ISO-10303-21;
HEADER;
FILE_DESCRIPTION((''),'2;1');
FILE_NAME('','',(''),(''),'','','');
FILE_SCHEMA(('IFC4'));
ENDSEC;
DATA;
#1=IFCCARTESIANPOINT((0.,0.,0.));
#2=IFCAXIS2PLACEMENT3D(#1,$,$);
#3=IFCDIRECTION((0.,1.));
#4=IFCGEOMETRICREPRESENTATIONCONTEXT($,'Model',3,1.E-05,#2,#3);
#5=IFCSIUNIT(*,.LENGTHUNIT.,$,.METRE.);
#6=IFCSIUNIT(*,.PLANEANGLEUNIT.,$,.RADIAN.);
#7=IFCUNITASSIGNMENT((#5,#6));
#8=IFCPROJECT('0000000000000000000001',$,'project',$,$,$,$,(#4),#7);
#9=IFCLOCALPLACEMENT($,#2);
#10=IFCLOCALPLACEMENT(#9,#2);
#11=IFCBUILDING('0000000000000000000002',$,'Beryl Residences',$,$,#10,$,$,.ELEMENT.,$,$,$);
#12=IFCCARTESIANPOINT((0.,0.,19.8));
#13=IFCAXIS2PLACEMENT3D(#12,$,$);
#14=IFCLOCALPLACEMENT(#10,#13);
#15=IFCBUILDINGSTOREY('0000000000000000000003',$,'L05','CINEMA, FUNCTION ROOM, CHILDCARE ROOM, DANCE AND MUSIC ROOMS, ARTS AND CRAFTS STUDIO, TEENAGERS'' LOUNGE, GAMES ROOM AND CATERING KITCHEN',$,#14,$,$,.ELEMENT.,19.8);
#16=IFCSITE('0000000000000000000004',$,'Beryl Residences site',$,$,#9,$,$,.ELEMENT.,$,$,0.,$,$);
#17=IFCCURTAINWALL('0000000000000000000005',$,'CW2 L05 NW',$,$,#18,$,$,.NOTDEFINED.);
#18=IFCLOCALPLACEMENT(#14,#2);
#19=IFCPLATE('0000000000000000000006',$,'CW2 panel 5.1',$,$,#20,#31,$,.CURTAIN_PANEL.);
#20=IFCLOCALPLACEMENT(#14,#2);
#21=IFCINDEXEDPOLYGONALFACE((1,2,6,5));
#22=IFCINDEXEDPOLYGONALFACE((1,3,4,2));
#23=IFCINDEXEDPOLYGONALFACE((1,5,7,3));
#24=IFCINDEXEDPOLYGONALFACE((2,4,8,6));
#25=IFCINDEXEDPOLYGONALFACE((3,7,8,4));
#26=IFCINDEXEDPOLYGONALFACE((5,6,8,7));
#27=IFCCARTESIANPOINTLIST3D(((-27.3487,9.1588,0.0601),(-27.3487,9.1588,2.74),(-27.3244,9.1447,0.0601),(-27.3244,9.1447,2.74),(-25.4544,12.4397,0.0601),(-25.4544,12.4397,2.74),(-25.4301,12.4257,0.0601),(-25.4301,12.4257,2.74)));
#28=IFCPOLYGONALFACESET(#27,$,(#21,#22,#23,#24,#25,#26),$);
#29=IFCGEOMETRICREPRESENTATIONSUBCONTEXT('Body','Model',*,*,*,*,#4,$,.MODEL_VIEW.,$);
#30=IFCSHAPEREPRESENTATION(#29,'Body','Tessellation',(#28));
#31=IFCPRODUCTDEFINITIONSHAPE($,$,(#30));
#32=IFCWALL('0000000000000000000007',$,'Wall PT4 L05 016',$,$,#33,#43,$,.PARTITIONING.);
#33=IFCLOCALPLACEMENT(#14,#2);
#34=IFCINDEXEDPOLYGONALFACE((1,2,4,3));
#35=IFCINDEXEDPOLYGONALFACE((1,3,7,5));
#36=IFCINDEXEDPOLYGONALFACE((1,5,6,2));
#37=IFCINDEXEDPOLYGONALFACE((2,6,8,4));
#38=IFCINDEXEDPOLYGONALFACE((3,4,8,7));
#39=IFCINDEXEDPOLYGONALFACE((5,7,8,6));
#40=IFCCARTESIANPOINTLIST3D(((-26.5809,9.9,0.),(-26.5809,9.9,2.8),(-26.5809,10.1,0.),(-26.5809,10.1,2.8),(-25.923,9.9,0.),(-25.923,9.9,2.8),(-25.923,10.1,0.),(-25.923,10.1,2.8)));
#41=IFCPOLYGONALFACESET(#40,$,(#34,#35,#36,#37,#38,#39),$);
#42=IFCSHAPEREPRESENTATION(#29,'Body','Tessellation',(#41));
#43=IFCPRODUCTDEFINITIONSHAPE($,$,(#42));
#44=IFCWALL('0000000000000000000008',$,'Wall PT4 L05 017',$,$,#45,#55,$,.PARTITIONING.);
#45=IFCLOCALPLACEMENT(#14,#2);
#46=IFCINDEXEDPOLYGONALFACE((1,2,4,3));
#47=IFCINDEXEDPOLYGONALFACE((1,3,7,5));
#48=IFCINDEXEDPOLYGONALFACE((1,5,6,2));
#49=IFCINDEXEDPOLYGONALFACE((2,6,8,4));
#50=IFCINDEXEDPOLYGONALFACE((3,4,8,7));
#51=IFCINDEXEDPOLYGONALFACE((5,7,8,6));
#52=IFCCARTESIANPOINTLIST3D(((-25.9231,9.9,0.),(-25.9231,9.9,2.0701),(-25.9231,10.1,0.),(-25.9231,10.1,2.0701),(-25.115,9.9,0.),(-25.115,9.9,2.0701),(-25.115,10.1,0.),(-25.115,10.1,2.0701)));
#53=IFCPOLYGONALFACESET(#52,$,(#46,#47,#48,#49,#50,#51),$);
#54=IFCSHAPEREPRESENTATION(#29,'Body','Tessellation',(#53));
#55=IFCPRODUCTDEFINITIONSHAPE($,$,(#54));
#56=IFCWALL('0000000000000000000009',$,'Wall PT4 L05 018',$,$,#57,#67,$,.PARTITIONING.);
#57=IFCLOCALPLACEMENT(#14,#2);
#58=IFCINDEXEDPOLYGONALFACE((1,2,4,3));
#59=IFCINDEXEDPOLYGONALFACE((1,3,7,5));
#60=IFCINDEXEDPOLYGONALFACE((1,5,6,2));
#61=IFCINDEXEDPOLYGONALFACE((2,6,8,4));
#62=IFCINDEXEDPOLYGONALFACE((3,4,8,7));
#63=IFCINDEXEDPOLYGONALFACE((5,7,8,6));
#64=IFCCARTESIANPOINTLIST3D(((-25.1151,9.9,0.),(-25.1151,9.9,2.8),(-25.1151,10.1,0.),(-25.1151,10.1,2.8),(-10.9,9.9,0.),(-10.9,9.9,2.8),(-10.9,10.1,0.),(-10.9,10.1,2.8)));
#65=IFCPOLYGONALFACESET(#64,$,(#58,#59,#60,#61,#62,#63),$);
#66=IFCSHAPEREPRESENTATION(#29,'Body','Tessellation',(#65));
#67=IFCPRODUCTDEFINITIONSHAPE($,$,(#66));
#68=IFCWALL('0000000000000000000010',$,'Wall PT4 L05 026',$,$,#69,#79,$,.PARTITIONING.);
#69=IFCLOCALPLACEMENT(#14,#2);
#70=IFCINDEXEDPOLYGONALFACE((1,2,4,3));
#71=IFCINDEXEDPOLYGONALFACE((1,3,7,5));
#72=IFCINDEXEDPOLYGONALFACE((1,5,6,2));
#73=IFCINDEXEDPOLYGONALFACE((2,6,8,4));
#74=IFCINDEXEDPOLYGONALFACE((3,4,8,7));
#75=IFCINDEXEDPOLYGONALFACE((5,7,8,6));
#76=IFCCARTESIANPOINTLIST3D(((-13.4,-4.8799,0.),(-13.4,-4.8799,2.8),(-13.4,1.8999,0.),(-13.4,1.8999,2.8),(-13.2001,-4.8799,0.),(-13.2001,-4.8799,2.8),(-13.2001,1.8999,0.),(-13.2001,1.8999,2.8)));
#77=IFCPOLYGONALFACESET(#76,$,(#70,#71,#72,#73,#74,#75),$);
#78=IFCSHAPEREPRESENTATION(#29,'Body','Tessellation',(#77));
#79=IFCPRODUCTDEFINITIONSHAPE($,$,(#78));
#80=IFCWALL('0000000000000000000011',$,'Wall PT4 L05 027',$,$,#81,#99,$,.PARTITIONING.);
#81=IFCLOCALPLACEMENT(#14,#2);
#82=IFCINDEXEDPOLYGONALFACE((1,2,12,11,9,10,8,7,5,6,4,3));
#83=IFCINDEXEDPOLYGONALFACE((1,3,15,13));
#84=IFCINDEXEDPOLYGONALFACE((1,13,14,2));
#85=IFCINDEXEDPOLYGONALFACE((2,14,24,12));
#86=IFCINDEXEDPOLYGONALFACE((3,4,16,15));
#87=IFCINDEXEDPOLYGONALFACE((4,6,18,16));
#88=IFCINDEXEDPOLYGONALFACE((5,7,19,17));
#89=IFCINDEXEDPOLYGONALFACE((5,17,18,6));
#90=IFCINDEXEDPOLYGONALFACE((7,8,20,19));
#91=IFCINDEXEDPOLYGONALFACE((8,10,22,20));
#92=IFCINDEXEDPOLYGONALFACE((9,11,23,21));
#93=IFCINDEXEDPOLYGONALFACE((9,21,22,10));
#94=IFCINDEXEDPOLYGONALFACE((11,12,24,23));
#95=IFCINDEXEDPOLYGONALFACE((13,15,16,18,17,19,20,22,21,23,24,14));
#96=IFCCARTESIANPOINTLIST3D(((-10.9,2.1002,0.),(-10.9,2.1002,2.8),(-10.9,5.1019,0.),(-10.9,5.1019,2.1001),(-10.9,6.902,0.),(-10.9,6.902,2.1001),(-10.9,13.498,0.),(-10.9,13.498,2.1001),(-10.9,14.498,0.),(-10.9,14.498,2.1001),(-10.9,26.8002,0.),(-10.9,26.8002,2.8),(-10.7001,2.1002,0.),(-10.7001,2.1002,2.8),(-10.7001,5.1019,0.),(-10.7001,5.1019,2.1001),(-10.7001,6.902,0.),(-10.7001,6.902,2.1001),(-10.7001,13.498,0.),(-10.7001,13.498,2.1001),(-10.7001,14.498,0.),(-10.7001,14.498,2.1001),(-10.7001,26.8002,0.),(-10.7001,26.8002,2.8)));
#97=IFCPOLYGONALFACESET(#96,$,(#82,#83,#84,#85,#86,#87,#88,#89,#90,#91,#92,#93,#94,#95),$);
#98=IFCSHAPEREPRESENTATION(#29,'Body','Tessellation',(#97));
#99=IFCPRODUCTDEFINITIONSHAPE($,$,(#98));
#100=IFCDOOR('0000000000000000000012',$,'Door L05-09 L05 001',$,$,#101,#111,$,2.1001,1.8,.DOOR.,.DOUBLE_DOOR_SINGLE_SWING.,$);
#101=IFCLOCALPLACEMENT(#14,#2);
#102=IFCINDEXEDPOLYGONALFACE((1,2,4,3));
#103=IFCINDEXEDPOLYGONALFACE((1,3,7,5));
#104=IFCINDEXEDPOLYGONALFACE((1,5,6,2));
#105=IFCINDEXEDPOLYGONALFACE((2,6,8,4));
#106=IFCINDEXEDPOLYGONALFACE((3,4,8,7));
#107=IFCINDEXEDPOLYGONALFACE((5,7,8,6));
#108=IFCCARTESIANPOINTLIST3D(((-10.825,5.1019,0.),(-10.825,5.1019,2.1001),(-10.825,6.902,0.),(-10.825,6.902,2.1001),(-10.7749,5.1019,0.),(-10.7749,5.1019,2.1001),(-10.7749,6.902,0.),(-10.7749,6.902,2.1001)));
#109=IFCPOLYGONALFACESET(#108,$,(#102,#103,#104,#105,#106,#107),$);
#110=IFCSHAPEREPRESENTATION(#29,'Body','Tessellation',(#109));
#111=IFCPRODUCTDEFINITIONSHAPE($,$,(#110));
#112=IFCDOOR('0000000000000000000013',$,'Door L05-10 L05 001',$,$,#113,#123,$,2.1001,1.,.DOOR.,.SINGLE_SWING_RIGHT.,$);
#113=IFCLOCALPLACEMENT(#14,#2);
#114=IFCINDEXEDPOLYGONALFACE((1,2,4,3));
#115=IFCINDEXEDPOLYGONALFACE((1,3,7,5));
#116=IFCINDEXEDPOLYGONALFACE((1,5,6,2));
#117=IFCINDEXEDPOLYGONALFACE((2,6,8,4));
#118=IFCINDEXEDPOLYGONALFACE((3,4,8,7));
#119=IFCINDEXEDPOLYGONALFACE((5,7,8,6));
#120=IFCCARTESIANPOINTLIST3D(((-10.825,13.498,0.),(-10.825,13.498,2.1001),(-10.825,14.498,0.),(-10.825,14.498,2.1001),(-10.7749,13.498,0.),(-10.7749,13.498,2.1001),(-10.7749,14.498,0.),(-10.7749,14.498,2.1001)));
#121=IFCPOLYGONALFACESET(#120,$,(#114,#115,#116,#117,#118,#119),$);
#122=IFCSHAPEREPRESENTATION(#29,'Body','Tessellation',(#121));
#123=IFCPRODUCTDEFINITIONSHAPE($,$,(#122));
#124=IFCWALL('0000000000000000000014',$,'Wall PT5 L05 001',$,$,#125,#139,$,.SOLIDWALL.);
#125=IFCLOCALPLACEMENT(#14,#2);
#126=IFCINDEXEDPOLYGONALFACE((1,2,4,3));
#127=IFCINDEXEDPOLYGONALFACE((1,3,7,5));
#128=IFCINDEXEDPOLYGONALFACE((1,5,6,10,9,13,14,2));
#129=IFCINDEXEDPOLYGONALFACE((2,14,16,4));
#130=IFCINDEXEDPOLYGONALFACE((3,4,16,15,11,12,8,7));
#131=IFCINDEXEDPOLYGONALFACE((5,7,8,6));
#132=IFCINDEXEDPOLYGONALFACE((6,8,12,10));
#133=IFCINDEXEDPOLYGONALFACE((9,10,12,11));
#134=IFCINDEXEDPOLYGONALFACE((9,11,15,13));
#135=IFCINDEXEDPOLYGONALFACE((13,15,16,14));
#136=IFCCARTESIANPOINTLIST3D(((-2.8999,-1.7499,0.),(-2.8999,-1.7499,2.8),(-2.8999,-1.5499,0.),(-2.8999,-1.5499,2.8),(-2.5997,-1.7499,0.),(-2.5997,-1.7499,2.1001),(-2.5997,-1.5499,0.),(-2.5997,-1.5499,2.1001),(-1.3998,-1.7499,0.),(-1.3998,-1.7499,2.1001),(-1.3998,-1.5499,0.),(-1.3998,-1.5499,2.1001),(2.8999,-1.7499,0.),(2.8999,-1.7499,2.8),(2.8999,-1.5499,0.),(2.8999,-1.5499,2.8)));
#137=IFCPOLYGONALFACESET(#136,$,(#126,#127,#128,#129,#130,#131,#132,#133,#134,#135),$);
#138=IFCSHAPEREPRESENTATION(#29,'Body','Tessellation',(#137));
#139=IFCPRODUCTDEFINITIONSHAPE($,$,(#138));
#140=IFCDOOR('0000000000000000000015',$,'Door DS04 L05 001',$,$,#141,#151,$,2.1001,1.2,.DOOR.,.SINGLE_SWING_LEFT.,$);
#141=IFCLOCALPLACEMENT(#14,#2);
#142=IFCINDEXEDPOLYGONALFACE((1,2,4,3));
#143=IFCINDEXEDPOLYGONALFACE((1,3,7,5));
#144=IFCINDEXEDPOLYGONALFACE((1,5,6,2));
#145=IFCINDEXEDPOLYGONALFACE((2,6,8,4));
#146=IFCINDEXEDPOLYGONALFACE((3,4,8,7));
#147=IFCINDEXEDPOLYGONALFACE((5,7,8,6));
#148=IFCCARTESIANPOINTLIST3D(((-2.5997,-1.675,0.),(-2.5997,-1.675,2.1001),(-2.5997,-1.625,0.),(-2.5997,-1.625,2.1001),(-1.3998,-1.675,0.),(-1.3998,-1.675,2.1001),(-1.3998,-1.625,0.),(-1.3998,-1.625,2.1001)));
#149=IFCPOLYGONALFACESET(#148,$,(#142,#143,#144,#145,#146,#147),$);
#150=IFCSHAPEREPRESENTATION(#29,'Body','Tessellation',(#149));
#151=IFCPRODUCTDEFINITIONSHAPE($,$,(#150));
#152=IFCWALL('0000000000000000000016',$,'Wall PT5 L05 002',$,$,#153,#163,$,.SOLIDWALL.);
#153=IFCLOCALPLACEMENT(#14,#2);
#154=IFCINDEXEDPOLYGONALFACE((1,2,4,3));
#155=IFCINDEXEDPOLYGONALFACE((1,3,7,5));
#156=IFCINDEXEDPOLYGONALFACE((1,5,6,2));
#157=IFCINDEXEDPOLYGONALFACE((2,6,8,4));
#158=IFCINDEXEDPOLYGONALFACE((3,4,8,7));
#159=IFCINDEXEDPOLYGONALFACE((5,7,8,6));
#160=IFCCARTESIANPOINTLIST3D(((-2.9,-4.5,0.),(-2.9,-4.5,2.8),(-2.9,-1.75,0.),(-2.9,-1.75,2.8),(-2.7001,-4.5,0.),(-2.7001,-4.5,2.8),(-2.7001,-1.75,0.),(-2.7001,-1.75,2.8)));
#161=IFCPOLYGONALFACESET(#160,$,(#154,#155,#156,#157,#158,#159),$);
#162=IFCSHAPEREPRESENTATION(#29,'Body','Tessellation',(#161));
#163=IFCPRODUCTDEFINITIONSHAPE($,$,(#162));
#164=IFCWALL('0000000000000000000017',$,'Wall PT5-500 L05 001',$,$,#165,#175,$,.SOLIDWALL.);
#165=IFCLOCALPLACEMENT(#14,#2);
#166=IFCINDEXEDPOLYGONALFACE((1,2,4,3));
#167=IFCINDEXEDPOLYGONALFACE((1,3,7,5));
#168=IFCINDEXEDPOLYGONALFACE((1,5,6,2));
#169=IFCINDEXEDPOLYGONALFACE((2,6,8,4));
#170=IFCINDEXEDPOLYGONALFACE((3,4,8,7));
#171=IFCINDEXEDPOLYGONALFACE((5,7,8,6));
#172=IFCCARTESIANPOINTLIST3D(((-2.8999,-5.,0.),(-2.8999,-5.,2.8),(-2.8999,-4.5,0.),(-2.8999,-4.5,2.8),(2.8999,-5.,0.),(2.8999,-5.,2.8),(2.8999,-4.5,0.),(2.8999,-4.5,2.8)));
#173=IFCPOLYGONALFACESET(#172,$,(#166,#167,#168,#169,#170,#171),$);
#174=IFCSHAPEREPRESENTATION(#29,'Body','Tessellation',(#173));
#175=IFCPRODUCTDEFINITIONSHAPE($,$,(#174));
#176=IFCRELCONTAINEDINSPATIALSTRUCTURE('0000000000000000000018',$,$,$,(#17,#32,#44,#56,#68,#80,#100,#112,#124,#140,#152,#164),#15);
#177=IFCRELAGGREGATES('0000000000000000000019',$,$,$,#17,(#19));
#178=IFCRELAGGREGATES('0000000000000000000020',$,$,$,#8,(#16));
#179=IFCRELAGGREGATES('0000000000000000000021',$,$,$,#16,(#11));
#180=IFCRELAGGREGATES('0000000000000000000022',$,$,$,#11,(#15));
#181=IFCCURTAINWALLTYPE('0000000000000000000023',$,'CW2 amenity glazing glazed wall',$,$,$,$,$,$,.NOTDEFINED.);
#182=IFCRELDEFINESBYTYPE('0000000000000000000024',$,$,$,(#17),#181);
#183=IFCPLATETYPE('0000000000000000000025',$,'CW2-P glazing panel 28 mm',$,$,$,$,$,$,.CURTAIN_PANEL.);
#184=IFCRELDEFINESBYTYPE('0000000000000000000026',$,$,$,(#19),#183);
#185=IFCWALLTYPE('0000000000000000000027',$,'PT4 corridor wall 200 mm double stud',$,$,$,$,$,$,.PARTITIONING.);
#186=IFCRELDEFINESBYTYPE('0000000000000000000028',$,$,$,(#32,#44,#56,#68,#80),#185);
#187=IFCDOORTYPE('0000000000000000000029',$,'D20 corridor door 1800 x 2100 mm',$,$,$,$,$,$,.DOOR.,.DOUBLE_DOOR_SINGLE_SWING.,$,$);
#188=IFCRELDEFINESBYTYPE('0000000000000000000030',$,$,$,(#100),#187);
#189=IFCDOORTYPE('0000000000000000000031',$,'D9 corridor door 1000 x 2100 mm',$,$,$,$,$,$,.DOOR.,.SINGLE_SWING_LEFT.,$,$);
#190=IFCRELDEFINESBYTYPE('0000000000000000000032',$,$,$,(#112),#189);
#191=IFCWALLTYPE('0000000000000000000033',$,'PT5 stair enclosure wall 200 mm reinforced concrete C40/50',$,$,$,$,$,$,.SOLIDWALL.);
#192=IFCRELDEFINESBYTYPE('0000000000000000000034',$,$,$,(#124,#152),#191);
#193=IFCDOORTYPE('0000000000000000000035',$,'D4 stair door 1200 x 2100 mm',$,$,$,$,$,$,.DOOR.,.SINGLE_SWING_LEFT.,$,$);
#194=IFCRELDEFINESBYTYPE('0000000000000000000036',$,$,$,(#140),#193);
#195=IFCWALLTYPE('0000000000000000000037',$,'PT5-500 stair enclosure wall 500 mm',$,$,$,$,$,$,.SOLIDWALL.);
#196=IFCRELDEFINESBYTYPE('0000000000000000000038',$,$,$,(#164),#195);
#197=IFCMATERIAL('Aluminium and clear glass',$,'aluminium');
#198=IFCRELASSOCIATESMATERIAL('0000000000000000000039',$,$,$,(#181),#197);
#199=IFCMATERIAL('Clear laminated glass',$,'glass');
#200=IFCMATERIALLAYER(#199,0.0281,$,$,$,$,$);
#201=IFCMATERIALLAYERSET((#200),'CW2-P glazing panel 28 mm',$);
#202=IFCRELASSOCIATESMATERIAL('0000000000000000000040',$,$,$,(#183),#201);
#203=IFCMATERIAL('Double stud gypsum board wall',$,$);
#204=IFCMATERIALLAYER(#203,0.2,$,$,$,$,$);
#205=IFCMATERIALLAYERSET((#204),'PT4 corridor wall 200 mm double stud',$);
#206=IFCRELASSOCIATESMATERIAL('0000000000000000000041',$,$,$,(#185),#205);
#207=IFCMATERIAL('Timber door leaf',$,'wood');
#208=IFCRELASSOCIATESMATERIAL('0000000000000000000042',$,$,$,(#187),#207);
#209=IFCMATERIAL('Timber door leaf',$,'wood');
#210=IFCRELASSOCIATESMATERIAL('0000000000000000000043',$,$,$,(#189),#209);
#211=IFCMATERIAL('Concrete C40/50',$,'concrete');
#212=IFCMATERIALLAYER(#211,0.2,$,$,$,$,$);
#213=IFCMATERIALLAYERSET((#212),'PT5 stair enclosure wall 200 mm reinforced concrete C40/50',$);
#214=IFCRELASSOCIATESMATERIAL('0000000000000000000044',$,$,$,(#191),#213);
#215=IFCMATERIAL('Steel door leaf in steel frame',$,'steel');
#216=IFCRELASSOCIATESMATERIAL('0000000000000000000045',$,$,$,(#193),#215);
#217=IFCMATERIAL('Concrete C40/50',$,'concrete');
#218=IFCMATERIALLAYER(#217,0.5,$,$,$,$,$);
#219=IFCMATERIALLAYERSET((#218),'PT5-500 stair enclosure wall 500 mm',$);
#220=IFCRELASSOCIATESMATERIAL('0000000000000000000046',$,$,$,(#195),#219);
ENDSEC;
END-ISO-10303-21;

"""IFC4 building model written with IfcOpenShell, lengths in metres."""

from ifc_helpers import new_model, si_unit, direction, frame, frame_2d, origin, origin_2d, place, context, subcontext, project, spatial, rectangle, extrude, material, layer, layer_set, type_object, element, fill, aggregate, save


model = new_model("IFC4")

# Units and contexts
model_context = context("Model", 3, precision=1e-05, world=origin(), true_north=direction((0.0, 1.0)))
body_context = subcontext(model_context, "Body", "Model", "MODEL_VIEW")
ifc_project = project(units=[si_unit("LENGTHUNIT", "METRE"), si_unit("PLANEANGLEUNIT", "RADIAN")], contexts=[model_context])

# Site, building, storey
site_placement = place(None, origin())
site = spatial("IfcSite", under=ifc_project, at=site_placement, Name="Beryl Residences site", CompositionType="ELEMENT", RefElevation=0.0)
building_placement = place(site_placement, origin())
building = spatial("IfcBuilding", under=site, at=building_placement, Name="Beryl Residences", CompositionType="ELEMENT")
storey_placement = place(building_placement, frame((0.0, 0.0, 19.8)))
storey = spatial("IfcBuildingStorey", under=building, at=storey_placement, Name="L05", Description="CINEMA, FUNCTION ROOM, CHILDCARE ROOM, DANCE AND MUSIC ROOMS, ARTS AND CRAFTS STUDIO, TEENAGERS' LOUNGE, GAMES ROOM AND CATERING KITCHEN", CompositionType="ELEMENT", Elevation=19.8)

# Curtain wall
ifc_material_1 = material(Name="Aluminium and clear glass", Category="aluminium")
curtain_wall_type = type_object("IfcCurtainWallType", Name="CW2 amenity glazing glazed wall", PredefinedType="NOTDEFINED", material=ifc_material_1)
curtain_wall_placement = place(storey_placement, origin())
curtain_wall = element("IfcCurtainWall", 1, at=curtain_wall_placement, inside=storey, type_object=curtain_wall_type, Name="CW2 L05 NW", PredefinedType="NOTDEFINED")

# Plate
ifc_material_2 = material(Name="Clear laminated glass", Category="glass")
ifc_layer_1 = layer(ifc_material_2, 0.0281)
ifc_layer_set_1 = layer_set([ifc_layer_1], Name="CW2-P glazing panel 28 mm")
plate_type = type_object("IfcPlateType", Name="CW2-P glazing panel 28 mm", PredefinedType="CURTAIN_PANEL", material=ifc_layer_set_1)
plate_1_placement = place(storey_placement, frame((-26.3894, 10.7922, 0.0601), z_axis=(0.0, 0.0, 1.0), x_axis=(-0.500012, -0.866019, 0.0)))
plate_1 = element("IfcPlate", 2, at=plate_1_placement, type_object=plate_type, Name="CW2 panel 5.1", PredefinedType="CURTAIN_PANEL", context=body_context, shape_type="SweptSolid", body=[
    extrude(rectangle(XDim=3.7886, YDim=0.0281, at=origin_2d()), origin(), (0.0, 0.0, 1.0), 2.6799),
])
aggregate(curtain_wall, [plate_1])

# Walls
ifc_material_3 = material(Name="Double stud gypsum board wall")
ifc_layer_2 = layer(ifc_material_3, 0.2)
ifc_layer_set_2 = layer_set([ifc_layer_2], Name="PT4 corridor wall 200 mm double stud")
wall_type_1 = type_object("IfcWallType", Name="PT4 corridor wall 200 mm double stud", PredefinedType="PARTITIONING", material=ifc_layer_set_2)
wall_1_placement = place(storey_placement, frame((-26.5811, 10.0, 0.0), z_axis=(0.0, 0.0, 1.0), x_axis=(1.0, 0.0, 0.0)))
element("IfcWall", 3, at=wall_1_placement, inside=storey, type_object=wall_type_1, Name="Wall PT4 L05 016", PredefinedType="PARTITIONING", context=body_context, shape_type="SweptSolid", body=[
    extrude(rectangle(XDim=0.658, YDim=0.2, at=frame_2d((0.3291, 0.0))), origin(), (0.0, 0.0, 1.0), 2.8),
])
wall_2_placement = place(storey_placement, frame((-25.9231, 10.0, 0.0), z_axis=(0.0, 0.0, 1.0), x_axis=(1.0, 0.0, 0.0)))
element("IfcWall", 4, at=wall_2_placement, inside=storey, type_object=wall_type_1, Name="Wall PT4 L05 017", PredefinedType="PARTITIONING", context=body_context, shape_type="SweptSolid", body=[
    extrude(rectangle(XDim=0.8081, YDim=0.2, at=frame_2d((0.4041, 0.0))), origin(), (0.0, 0.0, 1.0), 2.0701),
])
wall_3_placement = place(storey_placement, frame((-25.115, 10.0, 0.0), z_axis=(0.0, 0.0, 1.0), x_axis=(1.0, 0.0, 0.0)))
element("IfcWall", 5, at=wall_3_placement, inside=storey, type_object=wall_type_1, Name="Wall PT4 L05 018", PredefinedType="PARTITIONING", context=body_context, shape_type="SweptSolid", body=[
    extrude(rectangle(XDim=14.2151, YDim=0.2, at=frame_2d((7.1074, 0.0))), origin(), (0.0, 0.0, 1.0), 2.8),
])
wall_4_placement = place(storey_placement, frame((-13.3, -4.8799, 0.0), z_axis=(0.0, 0.0, 1.0), x_axis=(0.0, 1.0, 0.0)))
element("IfcWall", 6, at=wall_4_placement, inside=storey, type_object=wall_type_1, Name="Wall PT4 L05 026", PredefinedType="PARTITIONING", context=body_context, shape_type="SweptSolid", body=[
    extrude(rectangle(XDim=6.7798, YDim=0.2, at=frame_2d((3.3899, 0.0))), origin(), (0.0, 0.0, 1.0), 2.8),
])

# Wall, openings, doors
wall_5_placement = place(storey_placement, frame((-10.8, 2.1001, 0.0), z_axis=(0.0, 0.0, 1.0), x_axis=(0.0, 1.0, 0.0)))
wall_5 = element("IfcWall", 7, at=wall_5_placement, inside=storey, type_object=wall_type_1, Name="Wall PT4 L05 027", PredefinedType="PARTITIONING", context=body_context, shape_type="SweptSolid", body=[
    extrude(rectangle(XDim=24.7, YDim=0.2, at=frame_2d((12.3501, 0.0))), origin(), (0.0, 0.0, 1.0), 2.8),
])
opening_1_placement = place(wall_5_placement, frame((3.002, 0.0, 0.0)))
opening_1 = element("IfcOpeningElement", 8, at=opening_1_placement, cuts=wall_5, PredefinedType="OPENING", context=body_context, shape_type="SweptSolid", body=[
    extrude(rectangle(XDim=1.8, YDim=2.1001, at=frame_2d((0.8999, 1.05))), frame((0.0, 0.1099, 0.0), z_axis=(0.0, -1.0, 0.0), x_axis=(1.0, 0.0, 0.0)), (0.0, 0.0, 1.0), 0.22),
])
opening_2_placement = place(wall_5_placement, frame((11.3979, 0.0, 0.0)))
opening_2 = element("IfcOpeningElement", 9, at=opening_2_placement, cuts=wall_5, PredefinedType="OPENING", context=body_context, shape_type="SweptSolid", body=[
    extrude(rectangle(XDim=1.0, YDim=2.1001, at=frame_2d((0.5, 1.05))), frame((0.0, 0.1099, 0.0), z_axis=(0.0, -1.0, 0.0), x_axis=(1.0, 0.0, 0.0)), (0.0, 0.0, 1.0), 0.22),
])
ifc_material_4 = material(Name="Timber door leaf", Category="wood")
door_type_1 = type_object("IfcDoorType", Name="D20 corridor door 1800 x 2100 mm", OperationType="DOUBLE_DOOR_SINGLE_SWING", PredefinedType="DOOR", material=ifc_material_4)
door_1_placement = place(opening_1_placement, origin())
door_1 = element("IfcDoor", 10, at=door_1_placement, inside=storey, type_object=door_type_1, Name="Door L05-09 L05 001", OperationType="DOUBLE_DOOR_SINGLE_SWING", OverallHeight=2.1001, OverallWidth=1.8, PredefinedType="DOOR", context=body_context, shape_type="SweptSolid", body=[
    extrude(rectangle(XDim=1.8, YDim=2.1001, at=frame_2d((0.8999, 1.05))), frame((0.0, 0.0249, 0.0), z_axis=(0.0, -1.0, 0.0), x_axis=(1.0, 0.0, 0.0)), (0.0, 0.0, 1.0), 0.05),
])
fill(opening_1, door_1)
ifc_material_5 = material(Name="Timber door leaf", Category="wood")
door_type_2 = type_object("IfcDoorType", Name="D9 corridor door 1000 x 2100 mm", OperationType="SINGLE_SWING_LEFT", PredefinedType="DOOR", material=ifc_material_5)
door_2_placement = place(opening_2_placement, origin())
door_2 = element("IfcDoor", 11, at=door_2_placement, inside=storey, type_object=door_type_2, Name="Door L05-10 L05 001", OperationType="SINGLE_SWING_RIGHT", OverallHeight=2.1001, OverallWidth=1.0, PredefinedType="DOOR", context=body_context, shape_type="SweptSolid", body=[
    extrude(rectangle(XDim=1.0, YDim=2.1001, at=frame_2d((0.5, 1.05))), frame((0.0, 0.0249, 0.0), z_axis=(0.0, -1.0, 0.0), x_axis=(1.0, 0.0, 0.0)), (0.0, 0.0, 1.0), 0.05),
])
fill(opening_2, door_2)

# Wall, opening, door
ifc_material_6 = material(Name="Concrete C40/50", Category="concrete")
ifc_layer_3 = layer(ifc_material_6, 0.2)
ifc_layer_set_3 = layer_set([ifc_layer_3], Name="PT5 stair enclosure wall 200 mm reinforced concrete C40/50")
wall_type_2 = type_object("IfcWallType", Name="PT5 stair enclosure wall 200 mm reinforced concrete C40/50", PredefinedType="SOLIDWALL", material=ifc_layer_set_3)
wall_6_placement = place(storey_placement, frame((-2.8999, -1.6499, 0.0), z_axis=(0.0, 0.0, 1.0), x_axis=(1.0, 0.0, 0.0)))
wall_6 = element("IfcWall", 12, at=wall_6_placement, inside=storey, type_object=wall_type_2, Name="Wall PT5 L05 001", PredefinedType="SOLIDWALL", context=body_context, shape_type="SweptSolid", body=[
    extrude(rectangle(XDim=5.7998, YDim=0.2, at=frame_2d((2.8999, 0.0))), origin(), (0.0, 0.0, 1.0), 2.8),
])
opening_3_placement = place(wall_6_placement, frame((0.3, 0.0, 0.0)))
opening_3 = element("IfcOpeningElement", 13, at=opening_3_placement, cuts=wall_6, PredefinedType="OPENING", context=body_context, shape_type="SweptSolid", body=[
    extrude(rectangle(XDim=1.2, YDim=2.1001, at=frame_2d((0.6001, 1.05))), frame((0.0, 0.1099, 0.0), z_axis=(0.0, -1.0, 0.0), x_axis=(1.0, 0.0, 0.0)), (0.0, 0.0, 1.0), 0.22),
])
ifc_material_7 = material(Name="Steel door leaf in steel frame", Category="steel")
door_type_3 = type_object("IfcDoorType", Name="D4 stair door 1200 x 2100 mm", OperationType="SINGLE_SWING_LEFT", PredefinedType="DOOR", material=ifc_material_7)
door_3_placement = place(opening_3_placement, origin())
door_3 = element("IfcDoor", 14, at=door_3_placement, inside=storey, type_object=door_type_3, Name="Door DS04 L05 001", OperationType="SINGLE_SWING_LEFT", OverallHeight=2.1001, OverallWidth=1.2, PredefinedType="DOOR", context=body_context, shape_type="SweptSolid", body=[
    extrude(rectangle(XDim=1.2, YDim=2.1001, at=frame_2d((0.6001, 1.05))), frame((0.0, 0.0249, 0.0), z_axis=(0.0, -1.0, 0.0), x_axis=(1.0, 0.0, 0.0)), (0.0, 0.0, 1.0), 0.05),
])
fill(opening_3, door_3)

# Walls
wall_7_placement = place(storey_placement, frame((-2.8, -4.5, 0.0), z_axis=(0.0, 0.0, 1.0), x_axis=(0.0, 1.0, 0.0)))
element("IfcWall", 15, at=wall_7_placement, inside=storey, type_object=wall_type_2, Name="Wall PT5 L05 002", PredefinedType="SOLIDWALL", context=body_context, shape_type="SweptSolid", body=[
    extrude(rectangle(XDim=2.75, YDim=0.2, at=frame_2d((1.375, 0.0))), origin(), (0.0, 0.0, 1.0), 2.8),
])
ifc_material_8 = material(Name="Concrete C40/50", Category="concrete")
ifc_layer_4 = layer(ifc_material_8, 0.5)
ifc_layer_set_4 = layer_set([ifc_layer_4], Name="PT5-500 stair enclosure wall 500 mm")
wall_type_3 = type_object("IfcWallType", Name="PT5-500 stair enclosure wall 500 mm", PredefinedType="SOLIDWALL", material=ifc_layer_set_4)
wall_8_placement = place(storey_placement, frame((-2.8999, -4.75, 0.0), z_axis=(0.0, 0.0, 1.0), x_axis=(1.0, 0.0, 0.0)))
element("IfcWall", 16, at=wall_8_placement, inside=storey, type_object=wall_type_3, Name="Wall PT5-500 L05 001", PredefinedType="SOLIDWALL", context=body_context, shape_type="SweptSolid", body=[
    extrude(rectangle(XDim=5.7998, YDim=0.5, at=frame_2d((2.8999, 0.0))), origin(), (0.0, 0.0, 1.0), 2.8),
])

save(model, "model.ifc")
